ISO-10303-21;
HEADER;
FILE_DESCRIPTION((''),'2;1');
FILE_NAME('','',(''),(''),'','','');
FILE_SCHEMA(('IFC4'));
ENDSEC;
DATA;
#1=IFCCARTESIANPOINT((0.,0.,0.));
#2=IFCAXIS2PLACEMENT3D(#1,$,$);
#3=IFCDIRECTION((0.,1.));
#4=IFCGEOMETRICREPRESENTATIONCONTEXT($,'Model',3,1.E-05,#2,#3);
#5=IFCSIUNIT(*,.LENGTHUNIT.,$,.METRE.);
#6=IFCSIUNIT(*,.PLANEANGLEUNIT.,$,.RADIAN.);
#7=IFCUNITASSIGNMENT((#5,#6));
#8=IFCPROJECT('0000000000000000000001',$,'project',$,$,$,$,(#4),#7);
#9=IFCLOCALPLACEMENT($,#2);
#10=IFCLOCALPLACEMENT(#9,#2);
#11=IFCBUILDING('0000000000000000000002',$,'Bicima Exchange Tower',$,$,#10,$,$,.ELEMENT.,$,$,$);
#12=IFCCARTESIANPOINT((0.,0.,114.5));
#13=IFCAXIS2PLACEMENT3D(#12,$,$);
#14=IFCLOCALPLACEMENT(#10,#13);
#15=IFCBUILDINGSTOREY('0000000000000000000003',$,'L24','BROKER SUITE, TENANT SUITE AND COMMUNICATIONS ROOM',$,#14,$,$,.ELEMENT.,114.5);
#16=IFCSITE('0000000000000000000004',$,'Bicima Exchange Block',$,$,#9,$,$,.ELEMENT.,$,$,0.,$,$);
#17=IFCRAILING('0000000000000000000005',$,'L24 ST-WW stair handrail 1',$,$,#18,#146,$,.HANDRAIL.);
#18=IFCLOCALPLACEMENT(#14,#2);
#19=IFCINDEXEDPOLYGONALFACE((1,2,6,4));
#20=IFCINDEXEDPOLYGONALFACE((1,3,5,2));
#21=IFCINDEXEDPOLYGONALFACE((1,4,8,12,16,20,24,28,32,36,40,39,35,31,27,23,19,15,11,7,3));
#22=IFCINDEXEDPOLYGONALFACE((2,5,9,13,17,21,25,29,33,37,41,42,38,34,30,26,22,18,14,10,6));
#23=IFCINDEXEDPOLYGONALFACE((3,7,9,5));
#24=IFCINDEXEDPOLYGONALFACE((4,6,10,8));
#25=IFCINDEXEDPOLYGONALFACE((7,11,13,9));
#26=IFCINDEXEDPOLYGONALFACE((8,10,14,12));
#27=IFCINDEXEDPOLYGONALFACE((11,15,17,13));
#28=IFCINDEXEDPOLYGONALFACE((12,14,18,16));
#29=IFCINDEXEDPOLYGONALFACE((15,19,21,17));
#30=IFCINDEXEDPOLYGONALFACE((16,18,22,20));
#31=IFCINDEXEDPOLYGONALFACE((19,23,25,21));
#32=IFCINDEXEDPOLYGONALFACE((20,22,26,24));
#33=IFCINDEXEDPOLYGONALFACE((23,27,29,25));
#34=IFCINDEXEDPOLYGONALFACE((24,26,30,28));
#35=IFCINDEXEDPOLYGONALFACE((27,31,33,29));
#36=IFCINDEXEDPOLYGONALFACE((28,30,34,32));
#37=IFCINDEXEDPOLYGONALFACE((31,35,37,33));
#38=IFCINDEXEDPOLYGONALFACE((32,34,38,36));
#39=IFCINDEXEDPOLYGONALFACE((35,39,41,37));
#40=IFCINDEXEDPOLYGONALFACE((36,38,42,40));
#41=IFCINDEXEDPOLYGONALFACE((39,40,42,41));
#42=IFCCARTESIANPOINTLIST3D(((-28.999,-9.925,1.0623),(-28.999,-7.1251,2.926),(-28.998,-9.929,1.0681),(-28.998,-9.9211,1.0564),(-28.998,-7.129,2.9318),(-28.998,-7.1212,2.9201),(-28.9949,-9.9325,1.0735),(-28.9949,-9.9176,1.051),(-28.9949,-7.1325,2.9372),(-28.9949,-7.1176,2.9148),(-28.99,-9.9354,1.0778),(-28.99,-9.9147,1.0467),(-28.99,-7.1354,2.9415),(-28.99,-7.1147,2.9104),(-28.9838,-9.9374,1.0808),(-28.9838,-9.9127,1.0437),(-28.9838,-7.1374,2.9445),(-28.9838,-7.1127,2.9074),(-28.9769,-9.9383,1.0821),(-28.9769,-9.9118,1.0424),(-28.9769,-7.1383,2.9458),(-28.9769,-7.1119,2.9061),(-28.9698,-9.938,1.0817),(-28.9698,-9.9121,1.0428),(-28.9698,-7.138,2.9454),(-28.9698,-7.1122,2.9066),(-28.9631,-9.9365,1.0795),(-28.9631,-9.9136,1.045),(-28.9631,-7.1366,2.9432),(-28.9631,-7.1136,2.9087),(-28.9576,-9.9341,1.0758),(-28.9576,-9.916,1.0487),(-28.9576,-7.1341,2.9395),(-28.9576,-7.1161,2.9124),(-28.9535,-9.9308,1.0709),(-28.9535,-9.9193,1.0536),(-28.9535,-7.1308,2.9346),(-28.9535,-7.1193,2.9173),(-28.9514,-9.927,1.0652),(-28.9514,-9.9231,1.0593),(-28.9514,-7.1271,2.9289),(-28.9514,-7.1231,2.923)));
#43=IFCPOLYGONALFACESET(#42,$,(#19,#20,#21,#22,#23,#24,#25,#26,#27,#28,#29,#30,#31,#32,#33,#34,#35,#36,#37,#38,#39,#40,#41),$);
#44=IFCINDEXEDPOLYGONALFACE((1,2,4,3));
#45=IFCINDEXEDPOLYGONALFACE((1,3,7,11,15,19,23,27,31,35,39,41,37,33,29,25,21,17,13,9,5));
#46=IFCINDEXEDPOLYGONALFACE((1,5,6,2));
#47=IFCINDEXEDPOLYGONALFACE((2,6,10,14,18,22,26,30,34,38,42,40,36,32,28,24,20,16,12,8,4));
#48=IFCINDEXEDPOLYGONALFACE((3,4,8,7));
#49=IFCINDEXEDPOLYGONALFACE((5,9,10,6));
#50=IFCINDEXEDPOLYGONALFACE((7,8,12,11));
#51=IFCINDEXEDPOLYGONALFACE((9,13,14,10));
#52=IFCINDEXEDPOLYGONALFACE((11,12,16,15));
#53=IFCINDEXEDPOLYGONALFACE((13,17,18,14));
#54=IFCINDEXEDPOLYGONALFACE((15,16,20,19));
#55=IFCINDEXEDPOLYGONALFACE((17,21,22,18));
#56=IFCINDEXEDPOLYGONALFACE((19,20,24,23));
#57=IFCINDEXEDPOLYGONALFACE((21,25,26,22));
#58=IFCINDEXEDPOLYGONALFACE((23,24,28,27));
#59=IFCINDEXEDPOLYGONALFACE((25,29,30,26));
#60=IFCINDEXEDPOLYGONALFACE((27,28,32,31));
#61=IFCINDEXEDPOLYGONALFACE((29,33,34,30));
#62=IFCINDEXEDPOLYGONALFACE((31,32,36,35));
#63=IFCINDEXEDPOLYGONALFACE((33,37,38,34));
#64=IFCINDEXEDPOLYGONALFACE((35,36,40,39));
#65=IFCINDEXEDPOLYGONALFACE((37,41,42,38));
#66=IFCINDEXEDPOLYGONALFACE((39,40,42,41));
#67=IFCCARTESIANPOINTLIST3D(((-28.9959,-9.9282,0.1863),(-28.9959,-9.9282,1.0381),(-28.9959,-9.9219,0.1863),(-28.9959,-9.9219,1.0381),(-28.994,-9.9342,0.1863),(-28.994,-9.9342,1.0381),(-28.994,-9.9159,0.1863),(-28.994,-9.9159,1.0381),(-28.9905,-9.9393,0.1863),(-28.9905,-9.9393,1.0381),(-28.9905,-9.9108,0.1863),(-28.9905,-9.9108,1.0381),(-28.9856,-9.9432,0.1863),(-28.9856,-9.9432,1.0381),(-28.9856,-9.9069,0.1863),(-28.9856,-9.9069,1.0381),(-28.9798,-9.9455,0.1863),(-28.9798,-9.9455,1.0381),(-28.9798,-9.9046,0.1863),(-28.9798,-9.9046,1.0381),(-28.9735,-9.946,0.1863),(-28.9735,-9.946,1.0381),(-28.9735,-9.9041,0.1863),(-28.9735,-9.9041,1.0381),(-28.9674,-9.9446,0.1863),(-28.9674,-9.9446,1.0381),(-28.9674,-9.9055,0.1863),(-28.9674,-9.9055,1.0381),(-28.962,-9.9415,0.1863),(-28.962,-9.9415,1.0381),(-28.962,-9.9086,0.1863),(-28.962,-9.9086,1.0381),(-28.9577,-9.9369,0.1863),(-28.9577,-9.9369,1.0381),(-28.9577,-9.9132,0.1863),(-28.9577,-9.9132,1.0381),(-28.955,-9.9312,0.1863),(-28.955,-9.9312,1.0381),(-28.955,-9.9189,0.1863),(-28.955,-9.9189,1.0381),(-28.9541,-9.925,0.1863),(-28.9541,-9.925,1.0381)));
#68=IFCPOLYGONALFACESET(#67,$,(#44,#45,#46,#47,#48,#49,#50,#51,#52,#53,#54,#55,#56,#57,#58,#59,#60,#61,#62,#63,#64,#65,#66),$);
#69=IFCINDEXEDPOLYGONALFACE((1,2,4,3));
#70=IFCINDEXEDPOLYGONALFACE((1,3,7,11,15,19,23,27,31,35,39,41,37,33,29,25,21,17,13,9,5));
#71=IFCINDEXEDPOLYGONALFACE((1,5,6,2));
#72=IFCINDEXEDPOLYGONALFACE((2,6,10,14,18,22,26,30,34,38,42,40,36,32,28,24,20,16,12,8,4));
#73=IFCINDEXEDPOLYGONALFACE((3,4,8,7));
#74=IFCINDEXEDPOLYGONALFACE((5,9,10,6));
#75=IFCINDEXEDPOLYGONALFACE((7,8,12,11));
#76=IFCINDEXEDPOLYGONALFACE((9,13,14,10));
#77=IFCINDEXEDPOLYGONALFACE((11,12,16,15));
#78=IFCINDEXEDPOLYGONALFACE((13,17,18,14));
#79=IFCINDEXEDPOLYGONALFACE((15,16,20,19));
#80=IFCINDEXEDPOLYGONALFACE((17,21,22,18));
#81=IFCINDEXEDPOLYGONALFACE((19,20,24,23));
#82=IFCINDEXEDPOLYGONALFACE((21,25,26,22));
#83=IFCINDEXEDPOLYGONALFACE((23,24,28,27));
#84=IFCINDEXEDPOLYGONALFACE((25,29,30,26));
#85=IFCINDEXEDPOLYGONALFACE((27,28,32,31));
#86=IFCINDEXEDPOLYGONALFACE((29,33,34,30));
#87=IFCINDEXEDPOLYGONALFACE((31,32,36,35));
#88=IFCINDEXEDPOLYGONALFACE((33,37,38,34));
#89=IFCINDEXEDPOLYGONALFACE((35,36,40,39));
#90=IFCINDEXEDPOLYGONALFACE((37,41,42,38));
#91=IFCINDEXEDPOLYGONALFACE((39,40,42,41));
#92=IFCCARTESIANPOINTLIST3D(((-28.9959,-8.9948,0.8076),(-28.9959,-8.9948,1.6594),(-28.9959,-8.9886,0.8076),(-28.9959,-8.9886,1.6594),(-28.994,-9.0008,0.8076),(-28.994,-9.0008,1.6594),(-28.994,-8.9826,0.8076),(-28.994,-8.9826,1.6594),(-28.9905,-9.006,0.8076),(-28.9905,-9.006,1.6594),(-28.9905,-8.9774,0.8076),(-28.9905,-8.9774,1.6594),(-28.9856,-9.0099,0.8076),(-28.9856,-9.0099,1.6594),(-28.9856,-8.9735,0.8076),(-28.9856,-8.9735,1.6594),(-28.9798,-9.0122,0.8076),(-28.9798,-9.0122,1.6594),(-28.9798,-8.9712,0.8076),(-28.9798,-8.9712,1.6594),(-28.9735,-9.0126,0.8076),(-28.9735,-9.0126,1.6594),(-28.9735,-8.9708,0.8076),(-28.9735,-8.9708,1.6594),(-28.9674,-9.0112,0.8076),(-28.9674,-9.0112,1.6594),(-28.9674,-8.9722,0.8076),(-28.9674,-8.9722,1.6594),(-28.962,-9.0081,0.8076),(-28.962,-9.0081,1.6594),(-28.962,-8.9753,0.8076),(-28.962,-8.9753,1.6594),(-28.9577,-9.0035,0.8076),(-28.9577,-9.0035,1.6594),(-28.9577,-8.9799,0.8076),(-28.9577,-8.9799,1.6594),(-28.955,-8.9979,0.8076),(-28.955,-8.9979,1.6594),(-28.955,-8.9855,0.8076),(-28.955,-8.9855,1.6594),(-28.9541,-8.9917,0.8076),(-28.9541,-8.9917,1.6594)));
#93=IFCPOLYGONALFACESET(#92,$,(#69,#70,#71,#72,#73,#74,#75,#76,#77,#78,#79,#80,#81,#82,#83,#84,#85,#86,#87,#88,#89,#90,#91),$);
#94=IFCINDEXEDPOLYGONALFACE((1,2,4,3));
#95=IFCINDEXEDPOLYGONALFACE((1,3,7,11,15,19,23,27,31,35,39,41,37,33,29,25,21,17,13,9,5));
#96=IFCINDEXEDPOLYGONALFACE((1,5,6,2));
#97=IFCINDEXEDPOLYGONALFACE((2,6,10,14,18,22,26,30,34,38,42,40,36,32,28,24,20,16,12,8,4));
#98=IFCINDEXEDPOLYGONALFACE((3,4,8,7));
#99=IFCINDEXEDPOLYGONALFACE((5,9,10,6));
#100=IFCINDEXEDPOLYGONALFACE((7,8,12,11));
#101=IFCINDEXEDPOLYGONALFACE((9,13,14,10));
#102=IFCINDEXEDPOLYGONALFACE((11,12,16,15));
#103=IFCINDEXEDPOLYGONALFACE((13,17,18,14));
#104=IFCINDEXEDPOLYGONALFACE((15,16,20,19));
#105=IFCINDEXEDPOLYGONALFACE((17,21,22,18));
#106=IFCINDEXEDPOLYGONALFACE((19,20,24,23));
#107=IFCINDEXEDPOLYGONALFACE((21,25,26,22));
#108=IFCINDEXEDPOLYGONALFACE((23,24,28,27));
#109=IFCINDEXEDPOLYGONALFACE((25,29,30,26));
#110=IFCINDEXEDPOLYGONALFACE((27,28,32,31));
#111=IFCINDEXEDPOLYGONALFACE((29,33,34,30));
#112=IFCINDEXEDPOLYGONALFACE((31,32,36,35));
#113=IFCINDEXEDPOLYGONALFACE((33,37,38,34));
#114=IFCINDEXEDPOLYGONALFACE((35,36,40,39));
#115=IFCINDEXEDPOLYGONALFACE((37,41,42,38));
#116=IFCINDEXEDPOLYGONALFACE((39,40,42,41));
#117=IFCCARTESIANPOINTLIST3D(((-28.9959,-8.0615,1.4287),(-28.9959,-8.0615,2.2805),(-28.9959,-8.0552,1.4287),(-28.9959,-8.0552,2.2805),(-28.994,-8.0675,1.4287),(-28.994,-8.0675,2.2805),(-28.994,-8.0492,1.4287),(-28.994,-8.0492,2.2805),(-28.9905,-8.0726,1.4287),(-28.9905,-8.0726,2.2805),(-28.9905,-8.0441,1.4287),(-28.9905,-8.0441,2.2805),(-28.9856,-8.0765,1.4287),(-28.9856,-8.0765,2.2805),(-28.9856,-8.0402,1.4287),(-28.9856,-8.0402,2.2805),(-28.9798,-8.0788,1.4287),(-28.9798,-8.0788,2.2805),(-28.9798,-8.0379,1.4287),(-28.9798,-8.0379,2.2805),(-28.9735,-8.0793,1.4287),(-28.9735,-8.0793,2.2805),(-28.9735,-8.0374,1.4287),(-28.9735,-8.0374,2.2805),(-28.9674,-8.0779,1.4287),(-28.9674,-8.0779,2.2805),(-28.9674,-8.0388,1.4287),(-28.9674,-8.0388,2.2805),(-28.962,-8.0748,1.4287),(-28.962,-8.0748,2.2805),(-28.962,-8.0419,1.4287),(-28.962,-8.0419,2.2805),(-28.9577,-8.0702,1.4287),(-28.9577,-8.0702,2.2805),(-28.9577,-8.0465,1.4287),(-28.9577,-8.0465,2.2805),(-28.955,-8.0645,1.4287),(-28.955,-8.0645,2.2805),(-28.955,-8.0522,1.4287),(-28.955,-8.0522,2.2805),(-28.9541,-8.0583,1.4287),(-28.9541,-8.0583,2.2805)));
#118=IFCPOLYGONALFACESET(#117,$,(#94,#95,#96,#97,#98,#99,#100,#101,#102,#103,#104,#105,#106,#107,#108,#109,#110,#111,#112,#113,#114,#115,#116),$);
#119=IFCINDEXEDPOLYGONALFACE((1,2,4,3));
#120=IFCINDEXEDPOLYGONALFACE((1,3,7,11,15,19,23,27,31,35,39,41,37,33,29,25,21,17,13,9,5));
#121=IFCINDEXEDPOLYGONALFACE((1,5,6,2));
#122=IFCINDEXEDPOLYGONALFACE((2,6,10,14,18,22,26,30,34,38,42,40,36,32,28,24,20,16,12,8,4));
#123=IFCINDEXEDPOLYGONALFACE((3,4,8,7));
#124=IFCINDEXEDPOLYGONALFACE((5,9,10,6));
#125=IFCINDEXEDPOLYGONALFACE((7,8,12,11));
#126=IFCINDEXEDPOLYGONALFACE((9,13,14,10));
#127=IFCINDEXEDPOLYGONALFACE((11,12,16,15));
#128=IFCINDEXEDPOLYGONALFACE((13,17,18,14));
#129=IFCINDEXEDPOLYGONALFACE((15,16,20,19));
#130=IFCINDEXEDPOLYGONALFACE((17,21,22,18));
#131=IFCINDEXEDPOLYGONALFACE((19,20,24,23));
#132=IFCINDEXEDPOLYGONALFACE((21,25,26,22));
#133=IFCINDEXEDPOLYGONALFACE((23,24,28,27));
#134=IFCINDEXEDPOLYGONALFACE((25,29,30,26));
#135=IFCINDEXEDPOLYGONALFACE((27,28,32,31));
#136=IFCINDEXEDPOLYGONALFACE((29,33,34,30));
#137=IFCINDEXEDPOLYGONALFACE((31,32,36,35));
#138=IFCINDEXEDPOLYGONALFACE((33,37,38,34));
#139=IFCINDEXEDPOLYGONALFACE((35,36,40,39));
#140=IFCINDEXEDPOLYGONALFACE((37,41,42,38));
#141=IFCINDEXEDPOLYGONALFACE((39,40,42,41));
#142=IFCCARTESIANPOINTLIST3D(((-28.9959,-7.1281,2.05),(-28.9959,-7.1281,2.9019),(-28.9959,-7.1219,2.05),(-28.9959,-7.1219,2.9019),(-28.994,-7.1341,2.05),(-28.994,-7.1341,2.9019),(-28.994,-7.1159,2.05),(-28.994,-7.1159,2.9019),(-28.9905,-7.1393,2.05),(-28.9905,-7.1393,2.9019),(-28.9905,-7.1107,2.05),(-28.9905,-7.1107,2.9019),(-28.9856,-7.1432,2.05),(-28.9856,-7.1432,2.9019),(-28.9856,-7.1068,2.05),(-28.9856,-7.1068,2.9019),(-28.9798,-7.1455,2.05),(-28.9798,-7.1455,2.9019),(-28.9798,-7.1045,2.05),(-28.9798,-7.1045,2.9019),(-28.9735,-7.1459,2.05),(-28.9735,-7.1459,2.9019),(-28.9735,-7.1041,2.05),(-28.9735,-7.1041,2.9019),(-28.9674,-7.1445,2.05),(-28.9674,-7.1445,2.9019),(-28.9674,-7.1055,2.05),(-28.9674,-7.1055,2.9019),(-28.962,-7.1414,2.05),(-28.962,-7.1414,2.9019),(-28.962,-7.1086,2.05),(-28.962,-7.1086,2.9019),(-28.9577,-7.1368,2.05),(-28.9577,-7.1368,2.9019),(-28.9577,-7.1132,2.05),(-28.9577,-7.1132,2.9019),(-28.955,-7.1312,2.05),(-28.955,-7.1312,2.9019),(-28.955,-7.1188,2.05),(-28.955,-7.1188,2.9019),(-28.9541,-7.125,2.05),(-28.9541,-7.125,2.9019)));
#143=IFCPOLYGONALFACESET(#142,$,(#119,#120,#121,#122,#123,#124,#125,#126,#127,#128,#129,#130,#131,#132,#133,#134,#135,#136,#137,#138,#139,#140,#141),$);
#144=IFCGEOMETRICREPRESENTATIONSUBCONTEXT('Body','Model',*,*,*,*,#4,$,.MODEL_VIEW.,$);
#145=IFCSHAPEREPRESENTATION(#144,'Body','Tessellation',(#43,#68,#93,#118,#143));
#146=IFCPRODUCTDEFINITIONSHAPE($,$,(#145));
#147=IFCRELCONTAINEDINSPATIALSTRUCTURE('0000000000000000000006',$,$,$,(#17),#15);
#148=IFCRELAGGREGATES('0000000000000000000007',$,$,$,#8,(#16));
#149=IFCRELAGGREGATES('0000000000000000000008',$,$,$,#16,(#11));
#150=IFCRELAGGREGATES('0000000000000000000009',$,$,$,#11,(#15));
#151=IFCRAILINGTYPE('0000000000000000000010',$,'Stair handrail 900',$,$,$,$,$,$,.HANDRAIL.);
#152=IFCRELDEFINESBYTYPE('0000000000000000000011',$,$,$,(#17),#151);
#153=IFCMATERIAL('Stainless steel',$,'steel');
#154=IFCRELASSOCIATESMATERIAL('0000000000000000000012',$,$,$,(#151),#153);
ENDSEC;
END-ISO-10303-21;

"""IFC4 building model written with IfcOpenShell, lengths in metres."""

from ifc_helpers import new_model, si_unit, direction, frame, origin, origin_2d, place, context, subcontext, project, spatial, circle, extrude, material, type_object, element, save


model = new_model("IFC4")

# Units and contexts
model_context = context("Model", 3, precision=1e-05, world=origin(), true_north=direction((0.0, 1.0)))
body_context = subcontext(model_context, "Body", "Model", "MODEL_VIEW")
ifc_project = project(units=[si_unit("LENGTHUNIT", "METRE"), si_unit("PLANEANGLEUNIT", "RADIAN")], contexts=[model_context])

# Site, building, storey
site_placement = place(None, origin())
site = spatial("IfcSite", under=ifc_project, at=site_placement, Name="Bicima Exchange Block", CompositionType="ELEMENT", RefElevation=0.0)
building_placement = place(site_placement, origin())
building = spatial("IfcBuilding", under=site, at=building_placement, Name="Bicima Exchange Tower", CompositionType="ELEMENT")
storey_placement = place(building_placement, frame((0.0, 0.0, 114.5)))
storey = spatial("IfcBuildingStorey", under=building, at=storey_placement, Name="L24", Description="BROKER SUITE, TENANT SUITE AND COMMUNICATIONS ROOM", CompositionType="ELEMENT", Elevation=114.5)

# Railing
ifc_material_1 = material(Name="Stainless steel", Category="steel")
railing_type_1 = type_object("IfcRailingType", Name="Stair handrail 900", PredefinedType="HANDRAIL", material=ifc_material_1)
railing_1_placement = place(storey_placement, frame((-28.9751, -9.925, 0.1863)))
element("IfcRailing", 1, at=railing_1_placement, inside=storey, type_object=railing_type_1, Name="L24 ST-WW stair handrail 1", PredefinedType="HANDRAIL", context=body_context, shape_type="SweptSolid", body=[
    extrude(circle(Radius=0.0239, at=origin_2d()), frame((0.0, 0.0, 0.876), z_axis=(0.0, 0.832452, 0.554097), x_axis=(-1.0, 0.0, 0.0)), (0.0, 0.0, 1.0), 3.3635),
    extrude(circle(Radius=0.021, at=origin_2d()), origin(), (0.0, 0.0, 1.0), 0.8518),
    extrude(circle(Radius=0.021, at=origin_2d()), frame((0.0, 0.9333, 0.6213)), (0.0, 0.0, 1.0), 0.8518),
    extrude(circle(Radius=0.021, at=origin_2d()), frame((0.0, 1.8667, 1.2424)), (0.0, 0.0, 1.0), 0.8518),
    extrude(circle(Radius=0.021, at=origin_2d()), frame((0.0, 2.8, 1.8638)), (0.0, 0.0, 1.0), 0.8518),
])

save(model, "model.ifc")
